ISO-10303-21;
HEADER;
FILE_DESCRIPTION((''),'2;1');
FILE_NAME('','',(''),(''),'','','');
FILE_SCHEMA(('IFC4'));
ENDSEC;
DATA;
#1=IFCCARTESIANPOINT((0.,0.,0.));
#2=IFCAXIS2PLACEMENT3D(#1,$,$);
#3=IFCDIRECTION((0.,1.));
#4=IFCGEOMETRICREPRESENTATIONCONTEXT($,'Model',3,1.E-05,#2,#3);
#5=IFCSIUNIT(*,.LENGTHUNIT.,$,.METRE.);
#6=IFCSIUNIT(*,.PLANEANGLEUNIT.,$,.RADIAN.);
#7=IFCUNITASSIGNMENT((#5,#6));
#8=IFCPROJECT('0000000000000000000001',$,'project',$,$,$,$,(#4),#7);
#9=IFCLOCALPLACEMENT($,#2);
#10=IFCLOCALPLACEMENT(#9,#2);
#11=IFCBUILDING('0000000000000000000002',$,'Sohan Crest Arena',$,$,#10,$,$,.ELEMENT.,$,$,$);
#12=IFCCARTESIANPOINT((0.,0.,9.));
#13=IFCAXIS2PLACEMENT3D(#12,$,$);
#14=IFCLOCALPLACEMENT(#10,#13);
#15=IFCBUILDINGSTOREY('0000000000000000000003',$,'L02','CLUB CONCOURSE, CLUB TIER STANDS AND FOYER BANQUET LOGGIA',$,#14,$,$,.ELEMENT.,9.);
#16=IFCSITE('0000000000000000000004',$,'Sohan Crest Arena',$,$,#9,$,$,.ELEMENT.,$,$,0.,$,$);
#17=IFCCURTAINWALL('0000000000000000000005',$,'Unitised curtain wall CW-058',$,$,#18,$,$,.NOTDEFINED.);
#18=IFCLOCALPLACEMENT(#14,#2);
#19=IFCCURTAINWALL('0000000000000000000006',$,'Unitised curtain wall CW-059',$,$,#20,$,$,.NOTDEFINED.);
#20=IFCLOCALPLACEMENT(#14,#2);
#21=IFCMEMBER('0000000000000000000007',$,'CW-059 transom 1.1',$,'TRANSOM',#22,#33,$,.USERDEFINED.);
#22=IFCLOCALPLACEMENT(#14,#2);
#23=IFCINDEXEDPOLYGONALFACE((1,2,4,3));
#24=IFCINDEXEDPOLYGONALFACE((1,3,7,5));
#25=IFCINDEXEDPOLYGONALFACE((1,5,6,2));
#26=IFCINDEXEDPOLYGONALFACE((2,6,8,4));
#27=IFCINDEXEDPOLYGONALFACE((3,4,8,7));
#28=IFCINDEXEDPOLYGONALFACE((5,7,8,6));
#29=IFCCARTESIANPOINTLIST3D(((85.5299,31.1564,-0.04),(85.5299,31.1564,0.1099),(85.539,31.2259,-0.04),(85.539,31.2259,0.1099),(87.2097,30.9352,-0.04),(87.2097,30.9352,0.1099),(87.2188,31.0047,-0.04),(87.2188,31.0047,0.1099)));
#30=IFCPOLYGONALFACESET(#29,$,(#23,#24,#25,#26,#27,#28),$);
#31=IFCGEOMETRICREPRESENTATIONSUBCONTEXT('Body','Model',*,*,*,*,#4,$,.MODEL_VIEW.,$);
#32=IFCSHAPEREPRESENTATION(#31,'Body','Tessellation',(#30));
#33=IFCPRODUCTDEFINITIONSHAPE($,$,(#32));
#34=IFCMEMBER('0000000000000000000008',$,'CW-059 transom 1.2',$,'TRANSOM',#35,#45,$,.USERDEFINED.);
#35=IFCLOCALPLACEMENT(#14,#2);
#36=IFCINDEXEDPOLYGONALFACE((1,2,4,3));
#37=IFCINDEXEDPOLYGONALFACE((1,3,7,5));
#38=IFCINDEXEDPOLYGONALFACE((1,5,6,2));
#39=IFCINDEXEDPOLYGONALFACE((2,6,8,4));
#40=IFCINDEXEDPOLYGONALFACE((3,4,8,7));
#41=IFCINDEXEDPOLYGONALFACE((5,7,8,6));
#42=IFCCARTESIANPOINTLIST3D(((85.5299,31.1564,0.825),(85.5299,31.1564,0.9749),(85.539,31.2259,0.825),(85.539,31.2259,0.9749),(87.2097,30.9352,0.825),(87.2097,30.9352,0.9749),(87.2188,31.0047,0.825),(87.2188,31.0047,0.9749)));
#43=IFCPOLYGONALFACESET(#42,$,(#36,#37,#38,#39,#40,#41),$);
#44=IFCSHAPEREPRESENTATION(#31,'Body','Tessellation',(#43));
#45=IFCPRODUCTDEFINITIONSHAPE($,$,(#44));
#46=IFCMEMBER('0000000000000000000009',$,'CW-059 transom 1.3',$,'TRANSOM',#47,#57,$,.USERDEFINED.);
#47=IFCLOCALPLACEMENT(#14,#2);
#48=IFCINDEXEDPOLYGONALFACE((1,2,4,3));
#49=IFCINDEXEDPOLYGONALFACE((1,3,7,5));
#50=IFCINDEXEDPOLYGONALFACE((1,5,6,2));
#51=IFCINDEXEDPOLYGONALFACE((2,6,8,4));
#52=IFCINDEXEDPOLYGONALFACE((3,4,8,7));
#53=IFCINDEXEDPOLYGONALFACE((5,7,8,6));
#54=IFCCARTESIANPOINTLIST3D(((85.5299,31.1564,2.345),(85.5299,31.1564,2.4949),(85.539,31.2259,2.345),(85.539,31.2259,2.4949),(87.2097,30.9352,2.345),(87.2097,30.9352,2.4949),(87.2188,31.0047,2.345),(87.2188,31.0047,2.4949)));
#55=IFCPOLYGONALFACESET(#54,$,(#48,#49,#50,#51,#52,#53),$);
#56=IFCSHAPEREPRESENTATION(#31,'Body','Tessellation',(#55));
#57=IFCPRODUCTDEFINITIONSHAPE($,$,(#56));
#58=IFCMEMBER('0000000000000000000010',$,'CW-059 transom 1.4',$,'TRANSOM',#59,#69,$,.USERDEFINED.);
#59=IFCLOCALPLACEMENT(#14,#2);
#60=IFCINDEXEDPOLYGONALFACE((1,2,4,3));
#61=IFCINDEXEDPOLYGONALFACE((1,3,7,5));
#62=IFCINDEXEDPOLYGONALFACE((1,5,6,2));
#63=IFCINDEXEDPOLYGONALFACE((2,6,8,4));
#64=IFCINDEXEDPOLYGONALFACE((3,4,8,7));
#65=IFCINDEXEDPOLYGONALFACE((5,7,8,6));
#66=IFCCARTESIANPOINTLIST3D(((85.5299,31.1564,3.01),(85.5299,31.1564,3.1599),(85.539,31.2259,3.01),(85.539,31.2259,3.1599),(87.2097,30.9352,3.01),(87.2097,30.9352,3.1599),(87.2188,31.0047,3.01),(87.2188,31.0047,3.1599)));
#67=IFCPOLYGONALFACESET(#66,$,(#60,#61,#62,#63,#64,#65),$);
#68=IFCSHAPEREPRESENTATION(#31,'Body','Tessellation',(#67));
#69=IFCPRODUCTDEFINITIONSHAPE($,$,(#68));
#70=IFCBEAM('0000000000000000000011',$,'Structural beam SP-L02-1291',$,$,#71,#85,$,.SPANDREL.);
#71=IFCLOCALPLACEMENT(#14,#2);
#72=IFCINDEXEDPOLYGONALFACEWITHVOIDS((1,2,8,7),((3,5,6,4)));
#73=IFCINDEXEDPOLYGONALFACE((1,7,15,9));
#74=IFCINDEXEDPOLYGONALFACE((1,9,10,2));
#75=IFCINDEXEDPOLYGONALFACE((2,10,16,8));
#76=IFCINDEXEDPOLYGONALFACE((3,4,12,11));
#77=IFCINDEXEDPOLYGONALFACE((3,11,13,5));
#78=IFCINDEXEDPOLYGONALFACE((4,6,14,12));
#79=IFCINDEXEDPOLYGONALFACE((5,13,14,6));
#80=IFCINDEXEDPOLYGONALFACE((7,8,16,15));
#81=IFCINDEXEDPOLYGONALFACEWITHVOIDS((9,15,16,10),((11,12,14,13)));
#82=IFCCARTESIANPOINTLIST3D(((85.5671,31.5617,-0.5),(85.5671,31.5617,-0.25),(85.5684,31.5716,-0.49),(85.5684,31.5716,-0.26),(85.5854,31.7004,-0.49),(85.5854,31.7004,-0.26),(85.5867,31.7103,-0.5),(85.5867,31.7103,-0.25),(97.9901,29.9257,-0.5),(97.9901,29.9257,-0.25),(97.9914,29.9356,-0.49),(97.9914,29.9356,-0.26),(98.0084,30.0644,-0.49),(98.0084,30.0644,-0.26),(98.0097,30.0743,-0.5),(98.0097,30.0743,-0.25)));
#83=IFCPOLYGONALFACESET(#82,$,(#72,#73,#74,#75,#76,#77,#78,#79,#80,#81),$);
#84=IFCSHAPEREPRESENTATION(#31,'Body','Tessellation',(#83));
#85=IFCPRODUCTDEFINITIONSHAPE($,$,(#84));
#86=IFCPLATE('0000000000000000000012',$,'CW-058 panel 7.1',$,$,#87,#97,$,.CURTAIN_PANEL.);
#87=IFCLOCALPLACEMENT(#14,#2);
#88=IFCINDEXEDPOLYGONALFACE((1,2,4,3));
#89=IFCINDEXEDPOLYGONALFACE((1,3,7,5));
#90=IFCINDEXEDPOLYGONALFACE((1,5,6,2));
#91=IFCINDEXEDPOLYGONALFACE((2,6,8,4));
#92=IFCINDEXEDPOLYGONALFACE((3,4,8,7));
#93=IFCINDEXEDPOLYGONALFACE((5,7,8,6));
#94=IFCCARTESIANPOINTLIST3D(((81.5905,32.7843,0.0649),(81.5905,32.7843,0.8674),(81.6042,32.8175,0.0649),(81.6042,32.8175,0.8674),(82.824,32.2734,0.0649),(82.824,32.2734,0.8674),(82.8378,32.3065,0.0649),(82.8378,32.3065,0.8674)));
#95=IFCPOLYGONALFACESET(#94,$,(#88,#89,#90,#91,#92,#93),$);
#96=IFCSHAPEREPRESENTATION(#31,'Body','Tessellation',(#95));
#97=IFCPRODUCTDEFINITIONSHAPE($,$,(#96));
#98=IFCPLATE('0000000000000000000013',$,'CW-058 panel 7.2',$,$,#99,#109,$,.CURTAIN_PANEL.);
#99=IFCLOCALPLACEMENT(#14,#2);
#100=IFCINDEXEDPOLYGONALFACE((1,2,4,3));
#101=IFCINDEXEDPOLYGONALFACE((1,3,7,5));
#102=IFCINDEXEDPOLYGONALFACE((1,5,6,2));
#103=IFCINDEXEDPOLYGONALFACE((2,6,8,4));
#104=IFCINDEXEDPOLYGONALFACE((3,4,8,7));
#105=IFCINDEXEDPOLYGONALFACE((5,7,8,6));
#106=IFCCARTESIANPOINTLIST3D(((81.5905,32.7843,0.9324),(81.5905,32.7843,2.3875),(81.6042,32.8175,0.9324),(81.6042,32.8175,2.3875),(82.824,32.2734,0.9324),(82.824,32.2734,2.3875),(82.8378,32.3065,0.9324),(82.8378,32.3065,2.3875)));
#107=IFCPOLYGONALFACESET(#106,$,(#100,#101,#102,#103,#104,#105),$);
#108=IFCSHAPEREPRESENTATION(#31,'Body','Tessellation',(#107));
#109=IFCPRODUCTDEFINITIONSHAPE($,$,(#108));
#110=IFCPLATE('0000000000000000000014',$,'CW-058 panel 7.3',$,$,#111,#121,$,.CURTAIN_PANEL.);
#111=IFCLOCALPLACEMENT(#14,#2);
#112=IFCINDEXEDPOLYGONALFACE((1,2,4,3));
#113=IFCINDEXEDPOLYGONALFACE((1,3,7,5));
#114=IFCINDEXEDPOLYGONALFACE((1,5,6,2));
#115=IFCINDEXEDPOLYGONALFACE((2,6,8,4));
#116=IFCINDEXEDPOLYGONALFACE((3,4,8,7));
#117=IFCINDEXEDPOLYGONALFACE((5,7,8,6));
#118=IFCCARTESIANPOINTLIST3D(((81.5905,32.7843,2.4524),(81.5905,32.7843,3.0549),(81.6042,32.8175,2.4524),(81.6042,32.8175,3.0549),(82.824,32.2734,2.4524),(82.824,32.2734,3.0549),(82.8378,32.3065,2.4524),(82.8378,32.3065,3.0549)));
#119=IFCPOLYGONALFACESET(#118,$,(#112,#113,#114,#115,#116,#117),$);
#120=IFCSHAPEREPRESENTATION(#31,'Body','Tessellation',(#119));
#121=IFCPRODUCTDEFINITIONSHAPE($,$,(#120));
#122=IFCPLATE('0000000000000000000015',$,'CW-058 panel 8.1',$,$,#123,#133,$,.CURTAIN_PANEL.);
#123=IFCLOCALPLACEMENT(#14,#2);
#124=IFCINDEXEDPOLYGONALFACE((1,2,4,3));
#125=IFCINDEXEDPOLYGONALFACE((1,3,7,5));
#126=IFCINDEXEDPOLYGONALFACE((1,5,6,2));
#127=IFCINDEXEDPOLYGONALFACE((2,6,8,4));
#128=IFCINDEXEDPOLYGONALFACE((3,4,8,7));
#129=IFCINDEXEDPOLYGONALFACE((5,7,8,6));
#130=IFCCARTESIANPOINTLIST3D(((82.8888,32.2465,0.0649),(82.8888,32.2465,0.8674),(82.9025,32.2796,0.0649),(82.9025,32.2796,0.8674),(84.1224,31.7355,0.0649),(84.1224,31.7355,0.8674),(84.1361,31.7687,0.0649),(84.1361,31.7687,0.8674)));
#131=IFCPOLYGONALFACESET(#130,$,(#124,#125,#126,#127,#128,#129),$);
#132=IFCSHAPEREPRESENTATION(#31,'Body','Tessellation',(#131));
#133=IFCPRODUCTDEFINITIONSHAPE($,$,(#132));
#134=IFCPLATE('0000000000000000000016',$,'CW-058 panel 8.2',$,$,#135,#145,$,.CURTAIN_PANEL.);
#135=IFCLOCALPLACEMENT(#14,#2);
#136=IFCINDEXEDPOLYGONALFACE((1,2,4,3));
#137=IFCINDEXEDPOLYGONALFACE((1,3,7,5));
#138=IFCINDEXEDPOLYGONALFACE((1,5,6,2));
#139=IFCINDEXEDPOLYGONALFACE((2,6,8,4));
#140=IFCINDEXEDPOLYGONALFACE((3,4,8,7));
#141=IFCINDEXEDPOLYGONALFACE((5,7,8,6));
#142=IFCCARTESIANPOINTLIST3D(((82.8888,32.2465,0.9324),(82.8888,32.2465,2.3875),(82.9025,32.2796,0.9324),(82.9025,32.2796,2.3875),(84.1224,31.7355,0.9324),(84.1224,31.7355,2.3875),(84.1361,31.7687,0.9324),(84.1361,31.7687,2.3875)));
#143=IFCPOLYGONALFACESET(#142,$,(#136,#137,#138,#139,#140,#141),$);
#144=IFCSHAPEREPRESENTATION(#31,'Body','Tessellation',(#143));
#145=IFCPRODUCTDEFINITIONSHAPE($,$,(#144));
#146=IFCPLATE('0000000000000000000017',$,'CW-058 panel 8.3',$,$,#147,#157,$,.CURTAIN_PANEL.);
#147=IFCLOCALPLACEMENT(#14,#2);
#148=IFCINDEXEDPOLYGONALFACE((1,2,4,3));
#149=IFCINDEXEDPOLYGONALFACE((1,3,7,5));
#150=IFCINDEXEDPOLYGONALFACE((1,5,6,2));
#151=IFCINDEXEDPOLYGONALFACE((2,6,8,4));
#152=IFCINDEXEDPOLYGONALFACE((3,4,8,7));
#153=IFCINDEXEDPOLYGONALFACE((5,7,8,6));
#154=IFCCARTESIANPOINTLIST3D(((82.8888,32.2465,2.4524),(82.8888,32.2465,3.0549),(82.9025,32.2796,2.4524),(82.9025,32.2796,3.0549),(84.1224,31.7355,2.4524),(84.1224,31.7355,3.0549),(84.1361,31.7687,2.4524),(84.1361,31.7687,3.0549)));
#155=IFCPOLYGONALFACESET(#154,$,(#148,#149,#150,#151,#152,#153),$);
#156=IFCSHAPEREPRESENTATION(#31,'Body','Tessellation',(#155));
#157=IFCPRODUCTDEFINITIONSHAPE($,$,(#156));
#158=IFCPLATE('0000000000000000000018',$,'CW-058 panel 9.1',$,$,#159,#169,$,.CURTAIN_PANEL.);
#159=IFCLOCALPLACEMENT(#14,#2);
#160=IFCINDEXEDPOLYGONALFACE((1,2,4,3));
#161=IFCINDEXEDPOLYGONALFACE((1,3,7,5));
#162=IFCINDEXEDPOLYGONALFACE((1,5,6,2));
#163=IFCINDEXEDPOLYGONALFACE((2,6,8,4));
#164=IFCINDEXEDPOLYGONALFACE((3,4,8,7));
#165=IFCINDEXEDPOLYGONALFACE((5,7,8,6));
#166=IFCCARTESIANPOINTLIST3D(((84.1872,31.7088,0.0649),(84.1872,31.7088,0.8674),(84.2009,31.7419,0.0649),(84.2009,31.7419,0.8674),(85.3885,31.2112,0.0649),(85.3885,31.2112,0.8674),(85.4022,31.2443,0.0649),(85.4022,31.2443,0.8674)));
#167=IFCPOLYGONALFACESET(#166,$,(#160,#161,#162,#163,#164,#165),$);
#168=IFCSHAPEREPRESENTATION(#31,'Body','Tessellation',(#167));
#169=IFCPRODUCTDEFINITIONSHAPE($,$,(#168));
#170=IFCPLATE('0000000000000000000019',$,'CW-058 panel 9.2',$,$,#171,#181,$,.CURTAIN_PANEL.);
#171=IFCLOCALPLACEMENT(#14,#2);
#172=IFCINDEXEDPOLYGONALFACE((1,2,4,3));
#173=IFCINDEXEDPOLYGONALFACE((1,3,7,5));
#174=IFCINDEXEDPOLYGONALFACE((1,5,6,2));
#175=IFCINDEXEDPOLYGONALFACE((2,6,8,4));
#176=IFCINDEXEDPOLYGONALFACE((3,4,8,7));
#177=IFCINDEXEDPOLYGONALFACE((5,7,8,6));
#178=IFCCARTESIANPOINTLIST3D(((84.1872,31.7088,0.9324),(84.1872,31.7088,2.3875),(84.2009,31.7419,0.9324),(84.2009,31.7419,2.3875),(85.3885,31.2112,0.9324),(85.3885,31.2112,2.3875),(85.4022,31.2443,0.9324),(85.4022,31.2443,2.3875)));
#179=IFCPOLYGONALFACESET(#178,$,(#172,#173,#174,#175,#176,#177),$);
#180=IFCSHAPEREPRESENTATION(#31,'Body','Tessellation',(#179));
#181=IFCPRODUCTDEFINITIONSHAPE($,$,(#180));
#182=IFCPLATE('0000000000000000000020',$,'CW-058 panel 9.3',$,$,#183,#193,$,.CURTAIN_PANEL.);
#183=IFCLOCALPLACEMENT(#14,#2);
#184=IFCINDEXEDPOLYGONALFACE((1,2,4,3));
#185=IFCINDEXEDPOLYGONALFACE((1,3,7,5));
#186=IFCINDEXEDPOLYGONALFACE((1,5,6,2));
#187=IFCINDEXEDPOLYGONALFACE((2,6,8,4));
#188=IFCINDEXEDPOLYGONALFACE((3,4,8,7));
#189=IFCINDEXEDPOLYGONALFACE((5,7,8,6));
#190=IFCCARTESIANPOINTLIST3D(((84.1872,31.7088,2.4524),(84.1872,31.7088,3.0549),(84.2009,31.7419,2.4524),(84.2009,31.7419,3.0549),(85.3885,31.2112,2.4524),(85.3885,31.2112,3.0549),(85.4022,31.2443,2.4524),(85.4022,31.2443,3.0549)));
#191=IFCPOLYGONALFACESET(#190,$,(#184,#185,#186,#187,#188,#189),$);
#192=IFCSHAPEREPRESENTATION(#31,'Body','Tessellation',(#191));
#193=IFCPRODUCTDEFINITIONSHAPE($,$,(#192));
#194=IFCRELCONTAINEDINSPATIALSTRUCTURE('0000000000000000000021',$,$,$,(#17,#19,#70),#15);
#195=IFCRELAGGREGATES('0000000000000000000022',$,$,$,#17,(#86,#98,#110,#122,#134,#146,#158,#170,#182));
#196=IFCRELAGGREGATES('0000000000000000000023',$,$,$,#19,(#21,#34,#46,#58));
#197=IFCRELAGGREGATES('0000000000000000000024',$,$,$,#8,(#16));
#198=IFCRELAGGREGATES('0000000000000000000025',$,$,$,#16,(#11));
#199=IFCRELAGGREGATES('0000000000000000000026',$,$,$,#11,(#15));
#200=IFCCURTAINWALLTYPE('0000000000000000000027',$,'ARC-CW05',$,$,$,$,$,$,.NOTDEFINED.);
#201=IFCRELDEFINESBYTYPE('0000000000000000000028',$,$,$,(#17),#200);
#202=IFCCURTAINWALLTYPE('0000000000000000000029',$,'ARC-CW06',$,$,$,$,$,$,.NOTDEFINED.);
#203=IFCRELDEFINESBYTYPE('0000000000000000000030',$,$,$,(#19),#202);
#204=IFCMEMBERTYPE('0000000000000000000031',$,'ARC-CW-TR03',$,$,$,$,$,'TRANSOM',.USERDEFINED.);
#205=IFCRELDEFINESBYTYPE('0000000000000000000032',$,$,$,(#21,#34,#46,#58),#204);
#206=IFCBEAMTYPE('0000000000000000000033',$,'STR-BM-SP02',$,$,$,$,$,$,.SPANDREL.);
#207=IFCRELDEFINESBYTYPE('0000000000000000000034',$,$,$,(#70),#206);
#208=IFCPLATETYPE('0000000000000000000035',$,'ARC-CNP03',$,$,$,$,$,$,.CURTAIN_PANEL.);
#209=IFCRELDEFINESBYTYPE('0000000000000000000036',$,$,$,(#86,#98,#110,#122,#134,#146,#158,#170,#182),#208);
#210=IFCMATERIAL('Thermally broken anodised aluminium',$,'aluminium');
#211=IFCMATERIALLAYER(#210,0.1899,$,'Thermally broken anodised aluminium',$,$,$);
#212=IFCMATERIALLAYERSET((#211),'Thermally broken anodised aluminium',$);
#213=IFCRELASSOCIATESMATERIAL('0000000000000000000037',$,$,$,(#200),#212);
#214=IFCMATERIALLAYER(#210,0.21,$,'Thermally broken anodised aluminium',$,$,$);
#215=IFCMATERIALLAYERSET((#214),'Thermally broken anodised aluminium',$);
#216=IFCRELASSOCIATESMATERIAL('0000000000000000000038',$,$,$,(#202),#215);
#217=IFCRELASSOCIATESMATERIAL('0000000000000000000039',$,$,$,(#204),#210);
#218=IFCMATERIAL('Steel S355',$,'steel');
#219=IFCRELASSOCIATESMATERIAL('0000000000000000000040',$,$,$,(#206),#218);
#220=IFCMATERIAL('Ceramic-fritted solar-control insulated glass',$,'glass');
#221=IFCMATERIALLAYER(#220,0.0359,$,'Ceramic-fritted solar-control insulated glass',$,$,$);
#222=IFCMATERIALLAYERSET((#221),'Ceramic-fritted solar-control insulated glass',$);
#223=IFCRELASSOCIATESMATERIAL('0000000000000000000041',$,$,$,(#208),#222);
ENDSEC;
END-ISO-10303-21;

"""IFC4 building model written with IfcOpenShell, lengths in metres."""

from ifc_helpers import new_model, si_unit, direction, frame, origin, origin_2d, place, context, subcontext, project, spatial, rectangle, hollow_rectangle, extrude, material, layer, layer_set, material_profile, profile_set, type_object, element, aggregate, save


model = new_model("IFC4")

# Units and contexts
model_context = context("Model", 3, precision=1e-05, world=origin(), true_north=direction((0.0, 1.0)))
body_context = subcontext(model_context, "Body", "Model", "MODEL_VIEW")
ifc_project = project(units=[si_unit("LENGTHUNIT", "METRE"), si_unit("PLANEANGLEUNIT", "RADIAN")], contexts=[model_context])

# Site, building, storey
site_placement = place(None, origin())
site = spatial("IfcSite", under=ifc_project, at=site_placement, Name="Sohan Crest Arena", CompositionType="ELEMENT", RefElevation=0.0)
building_placement = place(site_placement, origin())
building = spatial("IfcBuilding", under=site, at=building_placement, Name="Sohan Crest Arena", CompositionType="ELEMENT")
storey_placement = place(building_placement, frame((0.0, 0.0, 9.0)))
storey = spatial("IfcBuildingStorey", under=building, at=storey_placement, Name="L02", Description="CLUB CONCOURSE, CLUB TIER STANDS AND FOYER BANQUET LOGGIA", CompositionType="ELEMENT", Elevation=9.0)

# Shared definitions
ifc_material_1 = material(Name="Steel S355", Category="steel")

# Curtain wall
ifc_material_2 = material(Name="Thermally broken anodised aluminium", Category="aluminium")
ifc_layer_1 = layer(ifc_material_2, 0.1899, Name="Thermally broken anodised aluminium")
ifc_layer_set_1 = layer_set([ifc_layer_1], Name="Thermally broken anodised aluminium")
curtain_wall_type_1 = type_object("IfcCurtainWallType", Name="ARC-CW05", PredefinedType="NOTDEFINED", material=ifc_layer_set_1)
curtain_wall_1_placement = place(storey_placement, origin())
curtain_wall_1 = element("IfcCurtainWall", 1, at=curtain_wall_1_placement, inside=storey, type_object=curtain_wall_type_1, Name="Unitised curtain wall CW-058", PredefinedType="NOTDEFINED")

# Curtain wall
ifc_layer_2 = layer(ifc_material_2, 0.21, Name="Thermally broken anodised aluminium")
ifc_layer_set_2 = layer_set([ifc_layer_2], Name="Thermally broken anodised aluminium")
curtain_wall_type_2 = type_object("IfcCurtainWallType", Name="ARC-CW06", PredefinedType="NOTDEFINED", material=ifc_layer_set_2)
curtain_wall_2_placement = place(storey_placement, origin())
curtain_wall_2 = element("IfcCurtainWall", 2, at=curtain_wall_2_placement, inside=storey, type_object=curtain_wall_type_2, Name="Unitised curtain wall CW-059", PredefinedType="NOTDEFINED")

# Members
ifc_material_profile_1 = material_profile(ifc_material_2, rectangle(XDim=0.0701, YDim=0.1499, at=origin_2d()), Name="ALU-TRAN 70x150")
ifc_profile_set_1 = profile_set([ifc_material_profile_1], Name="Thermally broken anodised aluminium")
member_type_1 = type_object("IfcMemberType", Name="ARC-CW-TR03", ElementType="TRANSOM", PredefinedType="USERDEFINED", material=ifc_profile_set_1)
member_1_placement = place(storey_placement, frame((85.5344, 31.1912, 0.0349), z_axis=(0.991443, -0.13054, 0.0), x_axis=(0.13054, 0.991443, 0.0)))
member_1 = element("IfcMember", 3, at=member_1_placement, type_object=member_type_1, Name="CW-059 transom 1.1", ObjectType="TRANSOM", PredefinedType="USERDEFINED", context=body_context, shape_type="SweptSolid", body=[
    extrude(rectangle(XDim=0.0701, YDim=0.1499, at=origin_2d()), origin(), (0.0, 0.0, 1.0), 1.6943),
])
member_2_placement = place(storey_placement, frame((85.5344, 31.1912, 0.8999), z_axis=(0.991443, -0.13054, 0.0), x_axis=(0.13054, 0.991443, 0.0)))
member_2 = element("IfcMember", 4, at=member_2_placement, type_object=member_type_1, Name="CW-059 transom 1.2", ObjectType="TRANSOM", PredefinedType="USERDEFINED", context=body_context, shape_type="SweptSolid", body=[
    extrude(rectangle(XDim=0.0701, YDim=0.1499, at=origin_2d()), origin(), (0.0, 0.0, 1.0), 1.6943),
])
member_3_placement = place(storey_placement, frame((85.5344, 31.1912, 2.4199), z_axis=(0.991443, -0.13054, 0.0), x_axis=(0.13054, 0.991443, 0.0)))
member_3 = element("IfcMember", 5, at=member_3_placement, type_object=member_type_1, Name="CW-059 transom 1.3", ObjectType="TRANSOM", PredefinedType="USERDEFINED", context=body_context, shape_type="SweptSolid", body=[
    extrude(rectangle(XDim=0.0701, YDim=0.1499, at=origin_2d()), origin(), (0.0, 0.0, 1.0), 1.6943),
])
member_4_placement = place(storey_placement, frame((85.5344, 31.1912, 3.085), z_axis=(0.991443, -0.13054, 0.0), x_axis=(0.13054, 0.991443, 0.0)))
member_4 = element("IfcMember", 6, at=member_4_placement, type_object=member_type_1, Name="CW-059 transom 1.4", ObjectType="TRANSOM", PredefinedType="USERDEFINED", context=body_context, shape_type="SweptSolid", body=[
    extrude(rectangle(XDim=0.0701, YDim=0.1499, at=origin_2d()), origin(), (0.0, 0.0, 1.0), 1.6943),
])

# Beam
ifc_material_profile_2 = material_profile(ifc_material_1, hollow_rectangle(XDim=0.1499, YDim=0.25, WallThickness=0.01, at=origin_2d()), Name="RHS 250x150x10")
ifc_profile_set_2 = profile_set([ifc_material_profile_2], Name="Steel S355")
beam_type = type_object("IfcBeamType", Name="STR-BM-SP02", PredefinedType="SPANDREL", material=ifc_profile_set_2)
beam_placement = place(storey_placement, frame((85.5769, 31.636, -0.375), z_axis=(0.99144, -0.130562, 0.0), x_axis=(0.130562, 0.99144, 0.0)))
element("IfcBeam", 7, at=beam_placement, inside=storey, type_object=beam_type, Name="Structural beam SP-L02-1291", PredefinedType="SPANDREL", context=body_context, shape_type="SweptSolid", body=[
    extrude(hollow_rectangle(XDim=0.1499, YDim=0.25, WallThickness=0.01, at=origin_2d()), origin(), (0.0, 0.0, 1.0), 12.5303),
])

# Plates
ifc_material_3 = material(Name="Ceramic-fritted solar-control insulated glass", Category="glass")
ifc_layer_3 = layer(ifc_material_3, 0.0359, Name="Ceramic-fritted solar-control insulated glass")
ifc_layer_set_3 = layer_set([ifc_layer_3], Name="Ceramic-fritted solar-control insulated glass")
plate_type_1 = type_object("IfcPlateType", Name="ARC-CNP03", PredefinedType="CURTAIN_PANEL", material=ifc_layer_set_3)
plate_1_placement = place(storey_placement, frame((82.2141, 32.5454, 0.0649), z_axis=(0.0, 0.0, 1.0), x_axis=(0.923882, -0.382678, 0.0)))
plate_1 = element("IfcPlate", 8, at=plate_1_placement, type_object=plate_type_1, Name="CW-058 panel 7.1", PredefinedType="CURTAIN_PANEL", context=body_context, shape_type="SweptSolid", body=[
    extrude(rectangle(XDim=1.3352, YDim=0.0359, at=origin_2d()), origin(), (0.0, 0.0, 1.0), 0.8025),
])
plate_2_placement = place(storey_placement, frame((82.2141, 32.5454, 0.9324), z_axis=(0.0, 0.0, 1.0), x_axis=(0.923882, -0.382678, 0.0)))
plate_2 = element("IfcPlate", 9, at=plate_2_placement, type_object=plate_type_1, Name="CW-058 panel 7.2", PredefinedType="CURTAIN_PANEL", context=body_context, shape_type="SweptSolid", body=[
    extrude(rectangle(XDim=1.3352, YDim=0.0359, at=origin_2d()), origin(), (0.0, 0.0, 1.0), 1.4551),
])
plate_3_placement = place(storey_placement, frame((82.2141, 32.5454, 2.4524), z_axis=(0.0, 0.0, 1.0), x_axis=(0.923882, -0.382678, 0.0)))
plate_3 = element("IfcPlate", 10, at=plate_3_placement, type_object=plate_type_1, Name="CW-058 panel 7.3", PredefinedType="CURTAIN_PANEL", context=body_context, shape_type="SweptSolid", body=[
    extrude(rectangle(XDim=1.3352, YDim=0.0359, at=origin_2d()), origin(), (0.0, 0.0, 1.0), 0.6025),
])
plate_4_placement = place(storey_placement, frame((83.5125, 32.0076, 0.0649), z_axis=(0.0, 0.0, 1.0), x_axis=(0.923882, -0.382678, 0.0)))
plate_4 = element("IfcPlate", 11, at=plate_4_placement, type_object=plate_type_1, Name="CW-058 panel 8.1", PredefinedType="CURTAIN_PANEL", context=body_context, shape_type="SweptSolid", body=[
    extrude(rectangle(XDim=1.3352, YDim=0.0359, at=origin_2d()), origin(), (0.0, 0.0, 1.0), 0.8025),
])
plate_5_placement = place(storey_placement, frame((83.5125, 32.0076, 0.9324), z_axis=(0.0, 0.0, 1.0), x_axis=(0.923882, -0.382678, 0.0)))
plate_5 = element("IfcPlate", 12, at=plate_5_placement, type_object=plate_type_1, Name="CW-058 panel 8.2", PredefinedType="CURTAIN_PANEL", context=body_context, shape_type="SweptSolid", body=[
    extrude(rectangle(XDim=1.3352, YDim=0.0359, at=origin_2d()), origin(), (0.0, 0.0, 1.0), 1.4551),
])
plate_6_placement = place(storey_placement, frame((83.5125, 32.0076, 2.4524), z_axis=(0.0, 0.0, 1.0), x_axis=(0.923882, -0.382678, 0.0)))
plate_6 = element("IfcPlate", 13, at=plate_6_placement, type_object=plate_type_1, Name="CW-058 panel 8.3", PredefinedType="CURTAIN_PANEL", context=body_context, shape_type="SweptSolid", body=[
    extrude(rectangle(XDim=1.3352, YDim=0.0359, at=origin_2d()), origin(), (0.0, 0.0, 1.0), 0.6025),
])
plate_7_placement = place(storey_placement, frame((84.7947, 31.4766, 0.0649), z_axis=(0.0, 0.0, 1.0), x_axis=(0.923882, -0.382678, 0.0)))
plate_7 = element("IfcPlate", 14, at=plate_7_placement, type_object=plate_type_1, Name="CW-058 panel 9.1", PredefinedType="CURTAIN_PANEL", context=body_context, shape_type="SweptSolid", body=[
    extrude(rectangle(XDim=1.3003, YDim=0.0359, at=origin_2d()), origin(), (0.0, 0.0, 1.0), 0.8025),
])
plate_8_placement = place(storey_placement, frame((84.7947, 31.4766, 0.9324), z_axis=(0.0, 0.0, 1.0), x_axis=(0.923882, -0.382678, 0.0)))
plate_8 = element("IfcPlate", 15, at=plate_8_placement, type_object=plate_type_1, Name="CW-058 panel 9.2", PredefinedType="CURTAIN_PANEL", context=body_context, shape_type="SweptSolid", body=[
    extrude(rectangle(XDim=1.3003, YDim=0.0359, at=origin_2d()), origin(), (0.0, 0.0, 1.0), 1.4551),
])
plate_9_placement = place(storey_placement, frame((84.7947, 31.4766, 2.4524), z_axis=(0.0, 0.0, 1.0), x_axis=(0.923882, -0.382678, 0.0)))
plate_9 = element("IfcPlate", 16, at=plate_9_placement, type_object=plate_type_1, Name="CW-058 panel 9.3", PredefinedType="CURTAIN_PANEL", context=body_context, shape_type="SweptSolid", body=[
    extrude(rectangle(XDim=1.3003, YDim=0.0359, at=origin_2d()), origin(), (0.0, 0.0, 1.0), 0.6025),
])
aggregate(curtain_wall_1, [plate_1, plate_2, plate_3, plate_4, plate_5, plate_6, plate_7, plate_8, plate_9])
aggregate(curtain_wall_2, [member_1, member_2, member_3, member_4])

save(model, "model.ifc")
